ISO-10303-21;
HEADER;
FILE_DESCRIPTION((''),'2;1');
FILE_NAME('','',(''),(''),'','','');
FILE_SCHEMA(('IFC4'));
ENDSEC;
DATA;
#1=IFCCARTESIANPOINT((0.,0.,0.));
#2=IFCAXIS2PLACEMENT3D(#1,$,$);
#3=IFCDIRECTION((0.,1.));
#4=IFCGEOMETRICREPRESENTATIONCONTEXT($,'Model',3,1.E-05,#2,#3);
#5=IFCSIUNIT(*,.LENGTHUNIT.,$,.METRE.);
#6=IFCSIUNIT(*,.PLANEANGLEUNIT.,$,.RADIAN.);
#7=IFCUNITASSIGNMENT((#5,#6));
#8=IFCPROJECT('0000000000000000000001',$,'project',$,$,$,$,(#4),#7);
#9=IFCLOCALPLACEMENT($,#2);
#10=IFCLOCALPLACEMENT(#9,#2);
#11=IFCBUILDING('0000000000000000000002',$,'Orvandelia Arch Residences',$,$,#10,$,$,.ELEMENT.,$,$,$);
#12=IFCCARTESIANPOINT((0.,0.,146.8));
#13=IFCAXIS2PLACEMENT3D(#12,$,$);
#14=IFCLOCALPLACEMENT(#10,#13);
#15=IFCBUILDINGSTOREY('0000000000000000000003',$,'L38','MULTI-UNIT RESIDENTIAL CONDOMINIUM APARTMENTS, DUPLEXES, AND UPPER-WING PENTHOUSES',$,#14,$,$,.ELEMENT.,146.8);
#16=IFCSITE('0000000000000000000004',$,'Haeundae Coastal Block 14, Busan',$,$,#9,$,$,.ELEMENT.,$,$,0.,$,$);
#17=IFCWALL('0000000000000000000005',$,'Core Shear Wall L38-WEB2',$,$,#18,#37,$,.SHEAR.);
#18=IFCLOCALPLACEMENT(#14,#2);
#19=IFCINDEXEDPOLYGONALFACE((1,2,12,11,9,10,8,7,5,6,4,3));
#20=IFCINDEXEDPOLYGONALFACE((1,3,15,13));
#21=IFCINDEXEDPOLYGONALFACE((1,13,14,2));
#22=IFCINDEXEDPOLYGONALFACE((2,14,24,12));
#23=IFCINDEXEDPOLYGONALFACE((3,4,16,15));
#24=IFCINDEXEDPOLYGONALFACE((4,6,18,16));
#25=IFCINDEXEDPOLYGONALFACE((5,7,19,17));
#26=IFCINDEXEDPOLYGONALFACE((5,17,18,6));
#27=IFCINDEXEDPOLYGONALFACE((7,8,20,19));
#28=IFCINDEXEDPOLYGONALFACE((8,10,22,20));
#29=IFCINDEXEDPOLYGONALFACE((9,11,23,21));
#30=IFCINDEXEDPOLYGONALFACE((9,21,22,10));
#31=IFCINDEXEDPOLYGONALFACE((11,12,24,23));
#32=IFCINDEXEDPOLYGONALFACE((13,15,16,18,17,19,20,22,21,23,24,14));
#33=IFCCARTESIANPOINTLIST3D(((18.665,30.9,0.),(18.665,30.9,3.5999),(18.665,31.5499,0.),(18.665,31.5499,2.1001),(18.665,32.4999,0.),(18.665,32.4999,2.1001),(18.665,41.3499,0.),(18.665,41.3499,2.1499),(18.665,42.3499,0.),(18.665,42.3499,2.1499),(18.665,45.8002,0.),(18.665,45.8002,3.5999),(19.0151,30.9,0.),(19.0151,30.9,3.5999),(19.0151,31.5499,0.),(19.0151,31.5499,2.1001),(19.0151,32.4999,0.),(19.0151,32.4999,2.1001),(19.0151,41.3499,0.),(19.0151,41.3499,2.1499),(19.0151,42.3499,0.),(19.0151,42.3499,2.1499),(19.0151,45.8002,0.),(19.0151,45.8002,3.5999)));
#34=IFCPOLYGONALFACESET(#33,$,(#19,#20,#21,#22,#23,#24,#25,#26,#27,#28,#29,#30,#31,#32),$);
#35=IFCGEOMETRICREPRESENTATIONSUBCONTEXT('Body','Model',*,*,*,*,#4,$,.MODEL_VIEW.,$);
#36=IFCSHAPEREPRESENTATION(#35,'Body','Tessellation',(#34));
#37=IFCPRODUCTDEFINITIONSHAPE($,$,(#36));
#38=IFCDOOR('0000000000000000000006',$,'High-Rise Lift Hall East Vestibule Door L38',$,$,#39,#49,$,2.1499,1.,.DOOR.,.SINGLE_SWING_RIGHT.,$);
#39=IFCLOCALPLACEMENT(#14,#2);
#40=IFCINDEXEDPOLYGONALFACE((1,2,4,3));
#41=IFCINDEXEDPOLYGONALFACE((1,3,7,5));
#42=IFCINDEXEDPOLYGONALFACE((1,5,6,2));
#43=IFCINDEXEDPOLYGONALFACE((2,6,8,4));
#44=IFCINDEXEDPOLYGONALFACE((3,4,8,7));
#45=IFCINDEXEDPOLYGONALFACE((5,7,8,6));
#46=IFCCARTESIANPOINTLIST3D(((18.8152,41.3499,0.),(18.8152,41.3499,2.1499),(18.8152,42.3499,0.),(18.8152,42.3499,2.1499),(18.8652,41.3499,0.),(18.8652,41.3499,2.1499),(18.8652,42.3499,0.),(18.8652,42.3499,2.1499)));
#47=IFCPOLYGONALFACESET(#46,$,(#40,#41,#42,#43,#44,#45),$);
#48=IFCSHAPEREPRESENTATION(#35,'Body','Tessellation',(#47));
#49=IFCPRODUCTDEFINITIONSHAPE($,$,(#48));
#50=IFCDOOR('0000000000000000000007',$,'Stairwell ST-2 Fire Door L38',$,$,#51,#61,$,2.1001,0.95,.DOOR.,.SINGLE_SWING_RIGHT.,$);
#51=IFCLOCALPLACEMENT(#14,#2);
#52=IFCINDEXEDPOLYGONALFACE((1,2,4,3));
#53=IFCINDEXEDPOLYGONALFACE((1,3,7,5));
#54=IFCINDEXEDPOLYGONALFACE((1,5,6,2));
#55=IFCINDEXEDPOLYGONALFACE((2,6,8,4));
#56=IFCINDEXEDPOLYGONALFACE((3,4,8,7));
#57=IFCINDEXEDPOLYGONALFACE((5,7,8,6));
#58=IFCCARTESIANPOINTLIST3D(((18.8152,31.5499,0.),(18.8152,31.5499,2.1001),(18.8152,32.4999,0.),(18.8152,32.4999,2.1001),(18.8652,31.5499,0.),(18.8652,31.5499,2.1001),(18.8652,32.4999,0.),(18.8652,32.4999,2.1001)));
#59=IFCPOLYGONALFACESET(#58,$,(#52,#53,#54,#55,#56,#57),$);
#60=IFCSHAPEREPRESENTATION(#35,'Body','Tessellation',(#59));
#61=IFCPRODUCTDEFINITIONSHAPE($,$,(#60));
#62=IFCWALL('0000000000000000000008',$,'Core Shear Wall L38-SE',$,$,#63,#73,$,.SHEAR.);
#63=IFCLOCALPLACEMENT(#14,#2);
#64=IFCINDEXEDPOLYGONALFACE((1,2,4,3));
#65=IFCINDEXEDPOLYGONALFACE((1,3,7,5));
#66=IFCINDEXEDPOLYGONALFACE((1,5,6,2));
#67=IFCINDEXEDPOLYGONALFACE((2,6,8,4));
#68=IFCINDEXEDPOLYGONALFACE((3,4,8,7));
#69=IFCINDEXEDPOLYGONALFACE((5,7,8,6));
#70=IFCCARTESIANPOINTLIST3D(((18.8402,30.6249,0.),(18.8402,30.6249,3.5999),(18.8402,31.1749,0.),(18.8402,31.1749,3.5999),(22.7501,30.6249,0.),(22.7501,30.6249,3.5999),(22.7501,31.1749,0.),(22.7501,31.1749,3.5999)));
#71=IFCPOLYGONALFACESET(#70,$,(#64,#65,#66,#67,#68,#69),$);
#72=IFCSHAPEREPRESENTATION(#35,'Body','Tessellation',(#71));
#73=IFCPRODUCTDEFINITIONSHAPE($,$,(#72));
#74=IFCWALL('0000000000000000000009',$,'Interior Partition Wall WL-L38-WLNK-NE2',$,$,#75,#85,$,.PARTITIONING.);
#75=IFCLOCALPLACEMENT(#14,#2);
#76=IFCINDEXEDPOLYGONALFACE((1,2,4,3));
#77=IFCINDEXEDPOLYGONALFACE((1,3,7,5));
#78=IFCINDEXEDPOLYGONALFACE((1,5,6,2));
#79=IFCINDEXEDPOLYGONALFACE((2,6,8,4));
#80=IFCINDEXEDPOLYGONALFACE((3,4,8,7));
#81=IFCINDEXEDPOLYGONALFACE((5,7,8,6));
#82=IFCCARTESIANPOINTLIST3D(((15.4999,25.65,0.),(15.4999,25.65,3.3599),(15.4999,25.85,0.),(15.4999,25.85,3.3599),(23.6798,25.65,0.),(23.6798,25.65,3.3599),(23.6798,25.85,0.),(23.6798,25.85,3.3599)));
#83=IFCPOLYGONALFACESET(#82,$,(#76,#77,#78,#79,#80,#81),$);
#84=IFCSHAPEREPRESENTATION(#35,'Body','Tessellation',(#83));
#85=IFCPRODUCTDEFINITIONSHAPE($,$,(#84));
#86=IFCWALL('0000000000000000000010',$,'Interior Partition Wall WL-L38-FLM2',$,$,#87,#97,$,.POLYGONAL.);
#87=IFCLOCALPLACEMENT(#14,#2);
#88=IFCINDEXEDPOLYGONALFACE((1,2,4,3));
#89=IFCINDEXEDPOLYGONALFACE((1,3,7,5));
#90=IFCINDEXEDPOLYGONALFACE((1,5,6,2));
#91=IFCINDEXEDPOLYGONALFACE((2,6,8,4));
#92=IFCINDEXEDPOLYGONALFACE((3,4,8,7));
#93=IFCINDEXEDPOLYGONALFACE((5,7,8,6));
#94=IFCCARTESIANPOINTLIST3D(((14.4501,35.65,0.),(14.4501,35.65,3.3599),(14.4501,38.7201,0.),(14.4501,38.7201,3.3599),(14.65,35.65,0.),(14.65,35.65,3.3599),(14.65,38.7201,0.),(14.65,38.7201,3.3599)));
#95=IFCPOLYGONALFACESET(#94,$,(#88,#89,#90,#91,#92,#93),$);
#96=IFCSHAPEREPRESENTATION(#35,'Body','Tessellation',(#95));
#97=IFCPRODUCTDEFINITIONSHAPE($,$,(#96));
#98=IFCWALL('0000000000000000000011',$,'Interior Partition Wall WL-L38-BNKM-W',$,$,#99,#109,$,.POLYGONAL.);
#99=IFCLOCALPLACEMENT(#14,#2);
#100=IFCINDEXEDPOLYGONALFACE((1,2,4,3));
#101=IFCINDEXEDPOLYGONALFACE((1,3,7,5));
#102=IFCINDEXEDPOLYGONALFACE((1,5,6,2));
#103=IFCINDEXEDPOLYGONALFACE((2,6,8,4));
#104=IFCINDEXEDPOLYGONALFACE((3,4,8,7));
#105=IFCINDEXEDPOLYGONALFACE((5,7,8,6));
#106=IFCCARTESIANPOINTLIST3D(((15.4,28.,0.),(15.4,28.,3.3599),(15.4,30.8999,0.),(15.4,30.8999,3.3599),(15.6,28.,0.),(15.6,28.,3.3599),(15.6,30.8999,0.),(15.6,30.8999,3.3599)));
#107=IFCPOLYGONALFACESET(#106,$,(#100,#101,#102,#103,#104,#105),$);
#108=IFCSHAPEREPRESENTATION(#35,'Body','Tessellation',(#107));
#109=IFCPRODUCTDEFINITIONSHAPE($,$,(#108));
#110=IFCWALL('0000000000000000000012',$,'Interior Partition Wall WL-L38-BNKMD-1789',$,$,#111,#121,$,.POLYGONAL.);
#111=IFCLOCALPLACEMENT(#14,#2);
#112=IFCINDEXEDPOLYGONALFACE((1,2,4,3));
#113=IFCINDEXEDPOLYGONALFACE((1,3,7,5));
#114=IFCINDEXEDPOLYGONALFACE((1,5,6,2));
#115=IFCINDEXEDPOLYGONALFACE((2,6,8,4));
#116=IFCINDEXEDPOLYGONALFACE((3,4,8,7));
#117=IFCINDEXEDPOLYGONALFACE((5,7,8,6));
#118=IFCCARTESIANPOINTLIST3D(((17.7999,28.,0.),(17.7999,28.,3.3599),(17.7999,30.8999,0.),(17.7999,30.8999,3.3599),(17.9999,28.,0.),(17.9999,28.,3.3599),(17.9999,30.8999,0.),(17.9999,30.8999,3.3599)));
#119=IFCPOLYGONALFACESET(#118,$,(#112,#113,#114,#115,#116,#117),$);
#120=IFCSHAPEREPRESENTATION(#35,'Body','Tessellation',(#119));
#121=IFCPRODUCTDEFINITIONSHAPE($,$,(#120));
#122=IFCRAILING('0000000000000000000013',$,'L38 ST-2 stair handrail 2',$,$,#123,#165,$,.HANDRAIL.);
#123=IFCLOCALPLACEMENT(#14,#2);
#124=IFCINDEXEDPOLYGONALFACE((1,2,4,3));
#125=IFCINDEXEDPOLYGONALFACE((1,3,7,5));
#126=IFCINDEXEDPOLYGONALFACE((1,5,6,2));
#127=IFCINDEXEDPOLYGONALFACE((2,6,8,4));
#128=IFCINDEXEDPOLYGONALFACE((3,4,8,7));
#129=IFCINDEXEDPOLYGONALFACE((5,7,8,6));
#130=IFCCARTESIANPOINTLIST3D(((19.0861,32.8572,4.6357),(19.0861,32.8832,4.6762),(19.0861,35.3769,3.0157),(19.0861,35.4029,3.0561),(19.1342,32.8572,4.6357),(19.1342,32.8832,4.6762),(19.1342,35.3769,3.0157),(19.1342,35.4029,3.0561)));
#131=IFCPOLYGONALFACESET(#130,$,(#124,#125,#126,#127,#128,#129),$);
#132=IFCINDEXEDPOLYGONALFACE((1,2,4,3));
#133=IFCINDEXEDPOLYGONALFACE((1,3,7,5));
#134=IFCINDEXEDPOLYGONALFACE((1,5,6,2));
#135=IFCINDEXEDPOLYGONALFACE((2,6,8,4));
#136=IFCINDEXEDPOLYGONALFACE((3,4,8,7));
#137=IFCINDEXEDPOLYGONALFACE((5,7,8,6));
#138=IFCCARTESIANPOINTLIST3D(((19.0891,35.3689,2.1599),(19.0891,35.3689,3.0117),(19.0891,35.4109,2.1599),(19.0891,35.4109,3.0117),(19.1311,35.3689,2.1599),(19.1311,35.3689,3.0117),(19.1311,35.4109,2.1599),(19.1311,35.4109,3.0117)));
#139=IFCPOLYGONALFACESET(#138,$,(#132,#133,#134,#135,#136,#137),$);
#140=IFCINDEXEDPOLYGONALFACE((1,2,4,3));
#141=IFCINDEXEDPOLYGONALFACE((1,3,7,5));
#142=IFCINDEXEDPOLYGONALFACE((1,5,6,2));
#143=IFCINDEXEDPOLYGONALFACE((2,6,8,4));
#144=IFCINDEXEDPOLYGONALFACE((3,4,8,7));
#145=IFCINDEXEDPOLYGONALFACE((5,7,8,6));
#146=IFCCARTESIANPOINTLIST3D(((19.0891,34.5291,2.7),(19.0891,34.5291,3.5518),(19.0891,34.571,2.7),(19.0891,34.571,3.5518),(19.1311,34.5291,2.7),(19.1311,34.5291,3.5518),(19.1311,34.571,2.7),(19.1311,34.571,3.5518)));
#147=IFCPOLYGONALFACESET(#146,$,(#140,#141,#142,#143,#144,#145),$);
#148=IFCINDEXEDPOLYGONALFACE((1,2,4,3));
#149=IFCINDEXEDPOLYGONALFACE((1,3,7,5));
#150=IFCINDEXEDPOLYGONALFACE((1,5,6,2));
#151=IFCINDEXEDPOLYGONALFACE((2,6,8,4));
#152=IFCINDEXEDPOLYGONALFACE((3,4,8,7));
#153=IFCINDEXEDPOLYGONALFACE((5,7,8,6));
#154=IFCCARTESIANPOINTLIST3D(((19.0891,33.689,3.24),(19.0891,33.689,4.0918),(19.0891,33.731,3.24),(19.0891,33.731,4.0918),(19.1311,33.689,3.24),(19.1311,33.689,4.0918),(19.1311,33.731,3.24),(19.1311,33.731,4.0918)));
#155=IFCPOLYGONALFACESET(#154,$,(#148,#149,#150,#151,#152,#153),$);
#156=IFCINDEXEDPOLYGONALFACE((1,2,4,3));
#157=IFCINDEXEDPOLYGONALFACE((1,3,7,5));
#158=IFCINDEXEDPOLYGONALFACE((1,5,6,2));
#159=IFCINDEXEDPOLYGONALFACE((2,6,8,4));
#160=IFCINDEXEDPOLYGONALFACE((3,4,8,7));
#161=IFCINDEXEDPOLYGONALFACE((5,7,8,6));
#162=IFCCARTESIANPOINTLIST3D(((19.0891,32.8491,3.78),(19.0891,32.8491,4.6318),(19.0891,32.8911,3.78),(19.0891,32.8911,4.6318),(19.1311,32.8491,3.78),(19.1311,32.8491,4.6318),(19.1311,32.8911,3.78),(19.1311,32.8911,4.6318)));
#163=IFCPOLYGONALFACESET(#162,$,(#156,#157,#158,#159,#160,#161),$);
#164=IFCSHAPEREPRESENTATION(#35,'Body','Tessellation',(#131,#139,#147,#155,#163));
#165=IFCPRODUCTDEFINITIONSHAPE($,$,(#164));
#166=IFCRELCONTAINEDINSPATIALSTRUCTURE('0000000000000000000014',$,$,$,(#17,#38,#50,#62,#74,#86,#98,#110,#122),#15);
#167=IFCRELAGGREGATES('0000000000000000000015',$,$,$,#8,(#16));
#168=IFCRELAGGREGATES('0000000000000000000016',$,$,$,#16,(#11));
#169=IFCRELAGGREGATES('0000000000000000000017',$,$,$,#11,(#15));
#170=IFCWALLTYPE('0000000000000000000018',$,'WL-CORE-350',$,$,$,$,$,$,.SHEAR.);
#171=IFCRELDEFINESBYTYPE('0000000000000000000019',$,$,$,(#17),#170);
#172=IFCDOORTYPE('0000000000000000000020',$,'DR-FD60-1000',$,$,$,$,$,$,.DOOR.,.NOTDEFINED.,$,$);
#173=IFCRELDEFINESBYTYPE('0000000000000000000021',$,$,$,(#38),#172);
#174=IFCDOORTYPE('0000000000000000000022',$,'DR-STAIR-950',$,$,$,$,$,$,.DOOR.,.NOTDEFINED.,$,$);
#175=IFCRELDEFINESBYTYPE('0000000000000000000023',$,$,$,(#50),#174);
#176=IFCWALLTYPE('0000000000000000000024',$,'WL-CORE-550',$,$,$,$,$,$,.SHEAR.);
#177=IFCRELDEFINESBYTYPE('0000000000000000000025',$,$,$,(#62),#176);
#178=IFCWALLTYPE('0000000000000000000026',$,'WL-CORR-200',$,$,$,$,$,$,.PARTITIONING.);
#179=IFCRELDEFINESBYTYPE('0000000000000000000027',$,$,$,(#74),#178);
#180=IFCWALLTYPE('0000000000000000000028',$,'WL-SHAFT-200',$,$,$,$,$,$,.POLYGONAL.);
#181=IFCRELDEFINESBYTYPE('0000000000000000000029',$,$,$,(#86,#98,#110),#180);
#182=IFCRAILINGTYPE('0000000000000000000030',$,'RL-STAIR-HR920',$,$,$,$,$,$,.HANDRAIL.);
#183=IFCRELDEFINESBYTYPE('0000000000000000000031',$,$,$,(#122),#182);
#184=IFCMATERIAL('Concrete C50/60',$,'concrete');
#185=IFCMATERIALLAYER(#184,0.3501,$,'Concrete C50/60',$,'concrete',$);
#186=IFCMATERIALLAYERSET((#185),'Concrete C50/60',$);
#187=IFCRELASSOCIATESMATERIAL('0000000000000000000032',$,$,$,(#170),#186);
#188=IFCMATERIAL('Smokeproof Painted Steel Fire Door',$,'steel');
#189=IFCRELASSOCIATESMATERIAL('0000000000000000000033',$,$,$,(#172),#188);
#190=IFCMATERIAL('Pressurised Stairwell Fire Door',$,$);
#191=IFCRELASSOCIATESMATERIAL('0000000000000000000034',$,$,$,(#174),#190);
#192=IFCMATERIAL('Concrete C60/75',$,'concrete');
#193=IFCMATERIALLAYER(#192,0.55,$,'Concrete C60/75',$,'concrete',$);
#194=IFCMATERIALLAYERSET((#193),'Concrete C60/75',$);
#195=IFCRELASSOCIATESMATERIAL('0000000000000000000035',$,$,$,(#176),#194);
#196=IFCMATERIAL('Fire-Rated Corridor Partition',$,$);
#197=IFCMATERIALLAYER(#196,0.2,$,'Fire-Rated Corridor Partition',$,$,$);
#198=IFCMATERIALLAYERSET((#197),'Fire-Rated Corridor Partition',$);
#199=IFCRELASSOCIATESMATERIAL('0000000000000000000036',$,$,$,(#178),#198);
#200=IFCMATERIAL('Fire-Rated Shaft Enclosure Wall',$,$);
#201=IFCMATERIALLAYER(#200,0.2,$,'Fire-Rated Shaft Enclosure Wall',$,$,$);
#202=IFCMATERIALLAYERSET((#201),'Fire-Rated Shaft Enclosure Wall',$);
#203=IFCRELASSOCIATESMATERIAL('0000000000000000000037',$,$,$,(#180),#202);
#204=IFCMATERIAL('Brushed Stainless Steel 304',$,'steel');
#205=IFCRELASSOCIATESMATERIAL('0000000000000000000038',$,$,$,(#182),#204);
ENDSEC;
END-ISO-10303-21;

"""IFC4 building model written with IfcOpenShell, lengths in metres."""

from ifc_helpers import new_model, si_unit, direction, frame, frame_2d, origin, origin_2d, place, context, subcontext, project, spatial, rectangle, extrude, material, layer, layer_set, type_object, element, fill, save


model = new_model("IFC4")

# Units and contexts
model_context = context("Model", 3, precision=1e-05, world=origin(), true_north=direction((0.0, 1.0)))
body_context = subcontext(model_context, "Body", "Model", "MODEL_VIEW")
ifc_project = project(units=[si_unit("LENGTHUNIT", "METRE"), si_unit("PLANEANGLEUNIT", "RADIAN")], contexts=[model_context])

# Site, building, storey
site_placement = place(None, origin())
site = spatial("IfcSite", under=ifc_project, at=site_placement, Name="Haeundae Coastal Block 14, Busan", CompositionType="ELEMENT", RefElevation=0.0)
building_placement = place(site_placement, origin())
building = spatial("IfcBuilding", under=site, at=building_placement, Name="Orvandelia Arch Residences", CompositionType="ELEMENT")
storey_placement = place(building_placement, frame((0.0, 0.0, 146.8)))
storey = spatial("IfcBuildingStorey", under=building, at=storey_placement, Name="L38", Description="MULTI-UNIT RESIDENTIAL CONDOMINIUM APARTMENTS, DUPLEXES, AND UPPER-WING PENTHOUSES", CompositionType="ELEMENT", Elevation=146.8)

# Wall, openings, doors
ifc_material_1 = material(Name="Concrete C50/60", Category="concrete")
ifc_layer_1 = layer(ifc_material_1, 0.3501, Name="Concrete C50/60", Category="concrete")
ifc_layer_set_1 = layer_set([ifc_layer_1], Name="Concrete C50/60")
wall_type_1 = type_object("IfcWallType", Name="WL-CORE-350", PredefinedType="SHEAR", material=ifc_layer_set_1)
wall_1_placement = place(storey_placement, frame((18.8401, 30.8999, 0.0), z_axis=(0.0, 0.0, 1.0), x_axis=(0.0, 1.0, 0.0)))
wall_1 = element("IfcWall", 1, at=wall_1_placement, inside=storey, type_object=wall_type_1, Name="Core Shear Wall L38-WEB2", PredefinedType="SHEAR", context=body_context, shape_type="SweptSolid", body=[
    extrude(rectangle(XDim=14.9001, YDim=0.3501, at=frame_2d((7.4502, 0.0))), origin(), (0.0, 0.0, 1.0), 3.5999),
])
opening_1_placement = place(wall_1_placement, frame((0.6499, 0.0, 0.0)))
opening_1 = element("IfcOpeningElement", 2, at=opening_1_placement, cuts=wall_1, PredefinedType="OPENING", context=body_context, shape_type="SweptSolid", body=[
    extrude(rectangle(XDim=0.95, YDim=2.1001, at=frame_2d((0.4751, 1.05))), frame((0.0, 0.1851, 0.0), z_axis=(0.0, -1.0, 0.0), x_axis=(1.0, 0.0, 0.0)), (0.0, 0.0, 1.0), 0.3701),
])
opening_2_placement = place(wall_1_placement, frame((10.45, 0.0, 0.0)))
opening_2 = element("IfcOpeningElement", 3, at=opening_2_placement, cuts=wall_1, PredefinedType="OPENING", context=body_context, shape_type="SweptSolid", body=[
    extrude(rectangle(XDim=1.0, YDim=2.1499, at=frame_2d((0.5, 1.075))), frame((0.0, 0.1851, 0.0), z_axis=(0.0, -1.0, 0.0), x_axis=(1.0, 0.0, 0.0)), (0.0, 0.0, 1.0), 0.3701),
])
ifc_material_2 = material(Name="Smokeproof Painted Steel Fire Door", Category="steel")
door_type_1 = type_object("IfcDoorType", Name="DR-FD60-1000", OperationType="NOTDEFINED", PredefinedType="DOOR", material=ifc_material_2)
door_1_placement = place(opening_2_placement, origin())
door_1 = element("IfcDoor", 4, at=door_1_placement, inside=storey, type_object=door_type_1, Name="High-Rise Lift Hall East Vestibule Door L38", OperationType="SINGLE_SWING_RIGHT", OverallHeight=2.1499, OverallWidth=1.0, PredefinedType="DOOR", context=body_context, shape_type="SweptSolid", body=[
    extrude(rectangle(XDim=1.0, YDim=2.1499, at=frame_2d((0.5, 1.075))), frame((0.0, 0.0249, 0.0), z_axis=(0.0, -1.0, 0.0), x_axis=(1.0, 0.0, 0.0)), (0.0, 0.0, 1.0), 0.05),
])
fill(opening_2, door_1)
ifc_material_3 = material(Name="Pressurised Stairwell Fire Door")
door_type_2 = type_object("IfcDoorType", Name="DR-STAIR-950", OperationType="NOTDEFINED", PredefinedType="DOOR", material=ifc_material_3)
door_2_placement = place(opening_1_placement, origin())
door_2 = element("IfcDoor", 5, at=door_2_placement, inside=storey, type_object=door_type_2, Name="Stairwell ST-2 Fire Door L38", OperationType="SINGLE_SWING_RIGHT", OverallHeight=2.1001, OverallWidth=0.95, PredefinedType="DOOR", context=body_context, shape_type="SweptSolid", body=[
    extrude(rectangle(XDim=0.95, YDim=2.1001, at=frame_2d((0.4751, 1.05))), frame((0.0, 0.0249, 0.0), z_axis=(0.0, -1.0, 0.0), x_axis=(1.0, 0.0, 0.0)), (0.0, 0.0, 1.0), 0.05),
])
fill(opening_1, door_2)

# Walls
ifc_material_4 = material(Name="Concrete C60/75", Category="concrete")
ifc_layer_2 = layer(ifc_material_4, 0.55, Name="Concrete C60/75", Category="concrete")
ifc_layer_set_2 = layer_set([ifc_layer_2], Name="Concrete C60/75")
wall_type_2 = type_object("IfcWallType", Name="WL-CORE-550", PredefinedType="SHEAR", material=ifc_layer_set_2)
wall_2_placement = place(storey_placement, frame((18.8401, 30.8999, 0.0), z_axis=(0.0, 0.0, 1.0), x_axis=(1.0, 0.0, 0.0)))
element("IfcWall", 6, at=wall_2_placement, inside=storey, type_object=wall_type_2, Name="Core Shear Wall L38-SE", PredefinedType="SHEAR", context=body_context, shape_type="SweptSolid", body=[
    extrude(rectangle(XDim=3.9099, YDim=0.55, at=frame_2d((1.9551, 0.0))), origin(), (0.0, 0.0, 1.0), 3.5999),
])
ifc_material_5 = material(Name="Fire-Rated Corridor Partition")
ifc_layer_3 = layer(ifc_material_5, 0.2, Name="Fire-Rated Corridor Partition")
ifc_layer_set_3 = layer_set([ifc_layer_3], Name="Fire-Rated Corridor Partition")
wall_type_3 = type_object("IfcWallType", Name="WL-CORR-200", PredefinedType="PARTITIONING", material=ifc_layer_set_3)
wall_3_placement = place(storey_placement, frame((15.5, 25.75, 0.0), z_axis=(0.0, 0.0, 1.0), x_axis=(1.0, 0.0, 0.0)))
element("IfcWall", 7, at=wall_3_placement, inside=storey, type_object=wall_type_3, Name="Interior Partition Wall WL-L38-WLNK-NE2", PredefinedType="PARTITIONING", context=body_context, shape_type="SweptSolid", body=[
    extrude(rectangle(XDim=8.1799, YDim=0.2, at=frame_2d((4.0898, 0.0))), origin(), (0.0, 0.0, 1.0), 3.3599),
])
ifc_material_6 = material(Name="Fire-Rated Shaft Enclosure Wall")
ifc_layer_4 = layer(ifc_material_6, 0.2, Name="Fire-Rated Shaft Enclosure Wall")
ifc_layer_set_4 = layer_set([ifc_layer_4], Name="Fire-Rated Shaft Enclosure Wall")
wall_type_4 = type_object("IfcWallType", Name="WL-SHAFT-200", PredefinedType="POLYGONAL", material=ifc_layer_set_4)
wall_4_placement = place(storey_placement, frame((14.55, 35.6499, 0.0), z_axis=(0.0, 0.0, 1.0), x_axis=(0.0, 1.0, 0.0)))
element("IfcWall", 8, at=wall_4_placement, inside=storey, type_object=wall_type_4, Name="Interior Partition Wall WL-L38-FLM2", PredefinedType="POLYGONAL", context=body_context, shape_type="SweptSolid", body=[
    extrude(rectangle(XDim=3.0701, YDim=0.2, at=frame_2d((1.5352, 0.0))), origin(), (0.0, 0.0, 1.0), 3.3599),
])

# Walls
for number, where, z_axis, x_axis, name in (
    (9, (15.5, 28.0, 0.0), (0.0, 0.0, 1.0), (0.0, 1.0, 0.0), "Interior Partition Wall WL-L38-BNKM-W"),
    (10, (17.8999, 28.0, 0.0), (0.0, 0.0, 1.0), (0.0, 1.0, 0.0), "Interior Partition Wall WL-L38-BNKMD-1789"),
):
    element("IfcWall", number, at=place(storey_placement, frame(where, z_axis=z_axis, x_axis=x_axis)), inside=storey, type_object=wall_type_4, Name=name, PredefinedType="POLYGONAL", context=body_context, shape_type="SweptSolid", body=[
        extrude(rectangle(XDim=2.8999, YDim=0.2, at=frame_2d((1.45, 0.0))), origin(), (0.0, 0.0, 1.0), 3.3599),
    ])

# Railing
ifc_material_7 = material(Name="Brushed Stainless Steel 304", Category="steel")
railing_type = type_object("IfcRailingType", Name="RL-STAIR-HR920", PredefinedType="HANDRAIL", material=ifc_material_7)
railing_placement = place(storey_placement, frame((19.1101, 35.3899, 2.1599)))
element("IfcRailing", 11, at=railing_placement, inside=storey, type_object=railing_type, Name="L38 ST-2 stair handrail 2", PredefinedType="HANDRAIL", context=body_context, shape_type="SweptSolid", body=[
    extrude(rectangle(XDim=0.0481, YDim=0.0481, at=origin_2d()), frame((0.0, 0.0, 0.876), z_axis=(0.0, -0.841139, 0.540819), x_axis=(1.0, 0.0, 0.0)), (0.0, 0.0, 1.0), 2.9956),
    extrude(rectangle(XDim=0.042, YDim=0.042, at=origin_2d()), origin(), (0.0, 0.0, 1.0), 0.8518),
    extrude(rectangle(XDim=0.042, YDim=0.042, at=origin_2d()), frame((0.0, -0.8398, 0.54)), (0.0, 0.0, 1.0), 0.8518),
    extrude(rectangle(XDim=0.042, YDim=0.042, at=origin_2d()), frame((0.0, -1.6799, 1.0801)), (0.0, 0.0, 1.0), 0.8518),
    extrude(rectangle(XDim=0.042, YDim=0.042, at=origin_2d()), frame((0.0, -2.5198, 1.6201)), (0.0, 0.0, 1.0), 0.8518),
])

save(model, "model.ifc")
